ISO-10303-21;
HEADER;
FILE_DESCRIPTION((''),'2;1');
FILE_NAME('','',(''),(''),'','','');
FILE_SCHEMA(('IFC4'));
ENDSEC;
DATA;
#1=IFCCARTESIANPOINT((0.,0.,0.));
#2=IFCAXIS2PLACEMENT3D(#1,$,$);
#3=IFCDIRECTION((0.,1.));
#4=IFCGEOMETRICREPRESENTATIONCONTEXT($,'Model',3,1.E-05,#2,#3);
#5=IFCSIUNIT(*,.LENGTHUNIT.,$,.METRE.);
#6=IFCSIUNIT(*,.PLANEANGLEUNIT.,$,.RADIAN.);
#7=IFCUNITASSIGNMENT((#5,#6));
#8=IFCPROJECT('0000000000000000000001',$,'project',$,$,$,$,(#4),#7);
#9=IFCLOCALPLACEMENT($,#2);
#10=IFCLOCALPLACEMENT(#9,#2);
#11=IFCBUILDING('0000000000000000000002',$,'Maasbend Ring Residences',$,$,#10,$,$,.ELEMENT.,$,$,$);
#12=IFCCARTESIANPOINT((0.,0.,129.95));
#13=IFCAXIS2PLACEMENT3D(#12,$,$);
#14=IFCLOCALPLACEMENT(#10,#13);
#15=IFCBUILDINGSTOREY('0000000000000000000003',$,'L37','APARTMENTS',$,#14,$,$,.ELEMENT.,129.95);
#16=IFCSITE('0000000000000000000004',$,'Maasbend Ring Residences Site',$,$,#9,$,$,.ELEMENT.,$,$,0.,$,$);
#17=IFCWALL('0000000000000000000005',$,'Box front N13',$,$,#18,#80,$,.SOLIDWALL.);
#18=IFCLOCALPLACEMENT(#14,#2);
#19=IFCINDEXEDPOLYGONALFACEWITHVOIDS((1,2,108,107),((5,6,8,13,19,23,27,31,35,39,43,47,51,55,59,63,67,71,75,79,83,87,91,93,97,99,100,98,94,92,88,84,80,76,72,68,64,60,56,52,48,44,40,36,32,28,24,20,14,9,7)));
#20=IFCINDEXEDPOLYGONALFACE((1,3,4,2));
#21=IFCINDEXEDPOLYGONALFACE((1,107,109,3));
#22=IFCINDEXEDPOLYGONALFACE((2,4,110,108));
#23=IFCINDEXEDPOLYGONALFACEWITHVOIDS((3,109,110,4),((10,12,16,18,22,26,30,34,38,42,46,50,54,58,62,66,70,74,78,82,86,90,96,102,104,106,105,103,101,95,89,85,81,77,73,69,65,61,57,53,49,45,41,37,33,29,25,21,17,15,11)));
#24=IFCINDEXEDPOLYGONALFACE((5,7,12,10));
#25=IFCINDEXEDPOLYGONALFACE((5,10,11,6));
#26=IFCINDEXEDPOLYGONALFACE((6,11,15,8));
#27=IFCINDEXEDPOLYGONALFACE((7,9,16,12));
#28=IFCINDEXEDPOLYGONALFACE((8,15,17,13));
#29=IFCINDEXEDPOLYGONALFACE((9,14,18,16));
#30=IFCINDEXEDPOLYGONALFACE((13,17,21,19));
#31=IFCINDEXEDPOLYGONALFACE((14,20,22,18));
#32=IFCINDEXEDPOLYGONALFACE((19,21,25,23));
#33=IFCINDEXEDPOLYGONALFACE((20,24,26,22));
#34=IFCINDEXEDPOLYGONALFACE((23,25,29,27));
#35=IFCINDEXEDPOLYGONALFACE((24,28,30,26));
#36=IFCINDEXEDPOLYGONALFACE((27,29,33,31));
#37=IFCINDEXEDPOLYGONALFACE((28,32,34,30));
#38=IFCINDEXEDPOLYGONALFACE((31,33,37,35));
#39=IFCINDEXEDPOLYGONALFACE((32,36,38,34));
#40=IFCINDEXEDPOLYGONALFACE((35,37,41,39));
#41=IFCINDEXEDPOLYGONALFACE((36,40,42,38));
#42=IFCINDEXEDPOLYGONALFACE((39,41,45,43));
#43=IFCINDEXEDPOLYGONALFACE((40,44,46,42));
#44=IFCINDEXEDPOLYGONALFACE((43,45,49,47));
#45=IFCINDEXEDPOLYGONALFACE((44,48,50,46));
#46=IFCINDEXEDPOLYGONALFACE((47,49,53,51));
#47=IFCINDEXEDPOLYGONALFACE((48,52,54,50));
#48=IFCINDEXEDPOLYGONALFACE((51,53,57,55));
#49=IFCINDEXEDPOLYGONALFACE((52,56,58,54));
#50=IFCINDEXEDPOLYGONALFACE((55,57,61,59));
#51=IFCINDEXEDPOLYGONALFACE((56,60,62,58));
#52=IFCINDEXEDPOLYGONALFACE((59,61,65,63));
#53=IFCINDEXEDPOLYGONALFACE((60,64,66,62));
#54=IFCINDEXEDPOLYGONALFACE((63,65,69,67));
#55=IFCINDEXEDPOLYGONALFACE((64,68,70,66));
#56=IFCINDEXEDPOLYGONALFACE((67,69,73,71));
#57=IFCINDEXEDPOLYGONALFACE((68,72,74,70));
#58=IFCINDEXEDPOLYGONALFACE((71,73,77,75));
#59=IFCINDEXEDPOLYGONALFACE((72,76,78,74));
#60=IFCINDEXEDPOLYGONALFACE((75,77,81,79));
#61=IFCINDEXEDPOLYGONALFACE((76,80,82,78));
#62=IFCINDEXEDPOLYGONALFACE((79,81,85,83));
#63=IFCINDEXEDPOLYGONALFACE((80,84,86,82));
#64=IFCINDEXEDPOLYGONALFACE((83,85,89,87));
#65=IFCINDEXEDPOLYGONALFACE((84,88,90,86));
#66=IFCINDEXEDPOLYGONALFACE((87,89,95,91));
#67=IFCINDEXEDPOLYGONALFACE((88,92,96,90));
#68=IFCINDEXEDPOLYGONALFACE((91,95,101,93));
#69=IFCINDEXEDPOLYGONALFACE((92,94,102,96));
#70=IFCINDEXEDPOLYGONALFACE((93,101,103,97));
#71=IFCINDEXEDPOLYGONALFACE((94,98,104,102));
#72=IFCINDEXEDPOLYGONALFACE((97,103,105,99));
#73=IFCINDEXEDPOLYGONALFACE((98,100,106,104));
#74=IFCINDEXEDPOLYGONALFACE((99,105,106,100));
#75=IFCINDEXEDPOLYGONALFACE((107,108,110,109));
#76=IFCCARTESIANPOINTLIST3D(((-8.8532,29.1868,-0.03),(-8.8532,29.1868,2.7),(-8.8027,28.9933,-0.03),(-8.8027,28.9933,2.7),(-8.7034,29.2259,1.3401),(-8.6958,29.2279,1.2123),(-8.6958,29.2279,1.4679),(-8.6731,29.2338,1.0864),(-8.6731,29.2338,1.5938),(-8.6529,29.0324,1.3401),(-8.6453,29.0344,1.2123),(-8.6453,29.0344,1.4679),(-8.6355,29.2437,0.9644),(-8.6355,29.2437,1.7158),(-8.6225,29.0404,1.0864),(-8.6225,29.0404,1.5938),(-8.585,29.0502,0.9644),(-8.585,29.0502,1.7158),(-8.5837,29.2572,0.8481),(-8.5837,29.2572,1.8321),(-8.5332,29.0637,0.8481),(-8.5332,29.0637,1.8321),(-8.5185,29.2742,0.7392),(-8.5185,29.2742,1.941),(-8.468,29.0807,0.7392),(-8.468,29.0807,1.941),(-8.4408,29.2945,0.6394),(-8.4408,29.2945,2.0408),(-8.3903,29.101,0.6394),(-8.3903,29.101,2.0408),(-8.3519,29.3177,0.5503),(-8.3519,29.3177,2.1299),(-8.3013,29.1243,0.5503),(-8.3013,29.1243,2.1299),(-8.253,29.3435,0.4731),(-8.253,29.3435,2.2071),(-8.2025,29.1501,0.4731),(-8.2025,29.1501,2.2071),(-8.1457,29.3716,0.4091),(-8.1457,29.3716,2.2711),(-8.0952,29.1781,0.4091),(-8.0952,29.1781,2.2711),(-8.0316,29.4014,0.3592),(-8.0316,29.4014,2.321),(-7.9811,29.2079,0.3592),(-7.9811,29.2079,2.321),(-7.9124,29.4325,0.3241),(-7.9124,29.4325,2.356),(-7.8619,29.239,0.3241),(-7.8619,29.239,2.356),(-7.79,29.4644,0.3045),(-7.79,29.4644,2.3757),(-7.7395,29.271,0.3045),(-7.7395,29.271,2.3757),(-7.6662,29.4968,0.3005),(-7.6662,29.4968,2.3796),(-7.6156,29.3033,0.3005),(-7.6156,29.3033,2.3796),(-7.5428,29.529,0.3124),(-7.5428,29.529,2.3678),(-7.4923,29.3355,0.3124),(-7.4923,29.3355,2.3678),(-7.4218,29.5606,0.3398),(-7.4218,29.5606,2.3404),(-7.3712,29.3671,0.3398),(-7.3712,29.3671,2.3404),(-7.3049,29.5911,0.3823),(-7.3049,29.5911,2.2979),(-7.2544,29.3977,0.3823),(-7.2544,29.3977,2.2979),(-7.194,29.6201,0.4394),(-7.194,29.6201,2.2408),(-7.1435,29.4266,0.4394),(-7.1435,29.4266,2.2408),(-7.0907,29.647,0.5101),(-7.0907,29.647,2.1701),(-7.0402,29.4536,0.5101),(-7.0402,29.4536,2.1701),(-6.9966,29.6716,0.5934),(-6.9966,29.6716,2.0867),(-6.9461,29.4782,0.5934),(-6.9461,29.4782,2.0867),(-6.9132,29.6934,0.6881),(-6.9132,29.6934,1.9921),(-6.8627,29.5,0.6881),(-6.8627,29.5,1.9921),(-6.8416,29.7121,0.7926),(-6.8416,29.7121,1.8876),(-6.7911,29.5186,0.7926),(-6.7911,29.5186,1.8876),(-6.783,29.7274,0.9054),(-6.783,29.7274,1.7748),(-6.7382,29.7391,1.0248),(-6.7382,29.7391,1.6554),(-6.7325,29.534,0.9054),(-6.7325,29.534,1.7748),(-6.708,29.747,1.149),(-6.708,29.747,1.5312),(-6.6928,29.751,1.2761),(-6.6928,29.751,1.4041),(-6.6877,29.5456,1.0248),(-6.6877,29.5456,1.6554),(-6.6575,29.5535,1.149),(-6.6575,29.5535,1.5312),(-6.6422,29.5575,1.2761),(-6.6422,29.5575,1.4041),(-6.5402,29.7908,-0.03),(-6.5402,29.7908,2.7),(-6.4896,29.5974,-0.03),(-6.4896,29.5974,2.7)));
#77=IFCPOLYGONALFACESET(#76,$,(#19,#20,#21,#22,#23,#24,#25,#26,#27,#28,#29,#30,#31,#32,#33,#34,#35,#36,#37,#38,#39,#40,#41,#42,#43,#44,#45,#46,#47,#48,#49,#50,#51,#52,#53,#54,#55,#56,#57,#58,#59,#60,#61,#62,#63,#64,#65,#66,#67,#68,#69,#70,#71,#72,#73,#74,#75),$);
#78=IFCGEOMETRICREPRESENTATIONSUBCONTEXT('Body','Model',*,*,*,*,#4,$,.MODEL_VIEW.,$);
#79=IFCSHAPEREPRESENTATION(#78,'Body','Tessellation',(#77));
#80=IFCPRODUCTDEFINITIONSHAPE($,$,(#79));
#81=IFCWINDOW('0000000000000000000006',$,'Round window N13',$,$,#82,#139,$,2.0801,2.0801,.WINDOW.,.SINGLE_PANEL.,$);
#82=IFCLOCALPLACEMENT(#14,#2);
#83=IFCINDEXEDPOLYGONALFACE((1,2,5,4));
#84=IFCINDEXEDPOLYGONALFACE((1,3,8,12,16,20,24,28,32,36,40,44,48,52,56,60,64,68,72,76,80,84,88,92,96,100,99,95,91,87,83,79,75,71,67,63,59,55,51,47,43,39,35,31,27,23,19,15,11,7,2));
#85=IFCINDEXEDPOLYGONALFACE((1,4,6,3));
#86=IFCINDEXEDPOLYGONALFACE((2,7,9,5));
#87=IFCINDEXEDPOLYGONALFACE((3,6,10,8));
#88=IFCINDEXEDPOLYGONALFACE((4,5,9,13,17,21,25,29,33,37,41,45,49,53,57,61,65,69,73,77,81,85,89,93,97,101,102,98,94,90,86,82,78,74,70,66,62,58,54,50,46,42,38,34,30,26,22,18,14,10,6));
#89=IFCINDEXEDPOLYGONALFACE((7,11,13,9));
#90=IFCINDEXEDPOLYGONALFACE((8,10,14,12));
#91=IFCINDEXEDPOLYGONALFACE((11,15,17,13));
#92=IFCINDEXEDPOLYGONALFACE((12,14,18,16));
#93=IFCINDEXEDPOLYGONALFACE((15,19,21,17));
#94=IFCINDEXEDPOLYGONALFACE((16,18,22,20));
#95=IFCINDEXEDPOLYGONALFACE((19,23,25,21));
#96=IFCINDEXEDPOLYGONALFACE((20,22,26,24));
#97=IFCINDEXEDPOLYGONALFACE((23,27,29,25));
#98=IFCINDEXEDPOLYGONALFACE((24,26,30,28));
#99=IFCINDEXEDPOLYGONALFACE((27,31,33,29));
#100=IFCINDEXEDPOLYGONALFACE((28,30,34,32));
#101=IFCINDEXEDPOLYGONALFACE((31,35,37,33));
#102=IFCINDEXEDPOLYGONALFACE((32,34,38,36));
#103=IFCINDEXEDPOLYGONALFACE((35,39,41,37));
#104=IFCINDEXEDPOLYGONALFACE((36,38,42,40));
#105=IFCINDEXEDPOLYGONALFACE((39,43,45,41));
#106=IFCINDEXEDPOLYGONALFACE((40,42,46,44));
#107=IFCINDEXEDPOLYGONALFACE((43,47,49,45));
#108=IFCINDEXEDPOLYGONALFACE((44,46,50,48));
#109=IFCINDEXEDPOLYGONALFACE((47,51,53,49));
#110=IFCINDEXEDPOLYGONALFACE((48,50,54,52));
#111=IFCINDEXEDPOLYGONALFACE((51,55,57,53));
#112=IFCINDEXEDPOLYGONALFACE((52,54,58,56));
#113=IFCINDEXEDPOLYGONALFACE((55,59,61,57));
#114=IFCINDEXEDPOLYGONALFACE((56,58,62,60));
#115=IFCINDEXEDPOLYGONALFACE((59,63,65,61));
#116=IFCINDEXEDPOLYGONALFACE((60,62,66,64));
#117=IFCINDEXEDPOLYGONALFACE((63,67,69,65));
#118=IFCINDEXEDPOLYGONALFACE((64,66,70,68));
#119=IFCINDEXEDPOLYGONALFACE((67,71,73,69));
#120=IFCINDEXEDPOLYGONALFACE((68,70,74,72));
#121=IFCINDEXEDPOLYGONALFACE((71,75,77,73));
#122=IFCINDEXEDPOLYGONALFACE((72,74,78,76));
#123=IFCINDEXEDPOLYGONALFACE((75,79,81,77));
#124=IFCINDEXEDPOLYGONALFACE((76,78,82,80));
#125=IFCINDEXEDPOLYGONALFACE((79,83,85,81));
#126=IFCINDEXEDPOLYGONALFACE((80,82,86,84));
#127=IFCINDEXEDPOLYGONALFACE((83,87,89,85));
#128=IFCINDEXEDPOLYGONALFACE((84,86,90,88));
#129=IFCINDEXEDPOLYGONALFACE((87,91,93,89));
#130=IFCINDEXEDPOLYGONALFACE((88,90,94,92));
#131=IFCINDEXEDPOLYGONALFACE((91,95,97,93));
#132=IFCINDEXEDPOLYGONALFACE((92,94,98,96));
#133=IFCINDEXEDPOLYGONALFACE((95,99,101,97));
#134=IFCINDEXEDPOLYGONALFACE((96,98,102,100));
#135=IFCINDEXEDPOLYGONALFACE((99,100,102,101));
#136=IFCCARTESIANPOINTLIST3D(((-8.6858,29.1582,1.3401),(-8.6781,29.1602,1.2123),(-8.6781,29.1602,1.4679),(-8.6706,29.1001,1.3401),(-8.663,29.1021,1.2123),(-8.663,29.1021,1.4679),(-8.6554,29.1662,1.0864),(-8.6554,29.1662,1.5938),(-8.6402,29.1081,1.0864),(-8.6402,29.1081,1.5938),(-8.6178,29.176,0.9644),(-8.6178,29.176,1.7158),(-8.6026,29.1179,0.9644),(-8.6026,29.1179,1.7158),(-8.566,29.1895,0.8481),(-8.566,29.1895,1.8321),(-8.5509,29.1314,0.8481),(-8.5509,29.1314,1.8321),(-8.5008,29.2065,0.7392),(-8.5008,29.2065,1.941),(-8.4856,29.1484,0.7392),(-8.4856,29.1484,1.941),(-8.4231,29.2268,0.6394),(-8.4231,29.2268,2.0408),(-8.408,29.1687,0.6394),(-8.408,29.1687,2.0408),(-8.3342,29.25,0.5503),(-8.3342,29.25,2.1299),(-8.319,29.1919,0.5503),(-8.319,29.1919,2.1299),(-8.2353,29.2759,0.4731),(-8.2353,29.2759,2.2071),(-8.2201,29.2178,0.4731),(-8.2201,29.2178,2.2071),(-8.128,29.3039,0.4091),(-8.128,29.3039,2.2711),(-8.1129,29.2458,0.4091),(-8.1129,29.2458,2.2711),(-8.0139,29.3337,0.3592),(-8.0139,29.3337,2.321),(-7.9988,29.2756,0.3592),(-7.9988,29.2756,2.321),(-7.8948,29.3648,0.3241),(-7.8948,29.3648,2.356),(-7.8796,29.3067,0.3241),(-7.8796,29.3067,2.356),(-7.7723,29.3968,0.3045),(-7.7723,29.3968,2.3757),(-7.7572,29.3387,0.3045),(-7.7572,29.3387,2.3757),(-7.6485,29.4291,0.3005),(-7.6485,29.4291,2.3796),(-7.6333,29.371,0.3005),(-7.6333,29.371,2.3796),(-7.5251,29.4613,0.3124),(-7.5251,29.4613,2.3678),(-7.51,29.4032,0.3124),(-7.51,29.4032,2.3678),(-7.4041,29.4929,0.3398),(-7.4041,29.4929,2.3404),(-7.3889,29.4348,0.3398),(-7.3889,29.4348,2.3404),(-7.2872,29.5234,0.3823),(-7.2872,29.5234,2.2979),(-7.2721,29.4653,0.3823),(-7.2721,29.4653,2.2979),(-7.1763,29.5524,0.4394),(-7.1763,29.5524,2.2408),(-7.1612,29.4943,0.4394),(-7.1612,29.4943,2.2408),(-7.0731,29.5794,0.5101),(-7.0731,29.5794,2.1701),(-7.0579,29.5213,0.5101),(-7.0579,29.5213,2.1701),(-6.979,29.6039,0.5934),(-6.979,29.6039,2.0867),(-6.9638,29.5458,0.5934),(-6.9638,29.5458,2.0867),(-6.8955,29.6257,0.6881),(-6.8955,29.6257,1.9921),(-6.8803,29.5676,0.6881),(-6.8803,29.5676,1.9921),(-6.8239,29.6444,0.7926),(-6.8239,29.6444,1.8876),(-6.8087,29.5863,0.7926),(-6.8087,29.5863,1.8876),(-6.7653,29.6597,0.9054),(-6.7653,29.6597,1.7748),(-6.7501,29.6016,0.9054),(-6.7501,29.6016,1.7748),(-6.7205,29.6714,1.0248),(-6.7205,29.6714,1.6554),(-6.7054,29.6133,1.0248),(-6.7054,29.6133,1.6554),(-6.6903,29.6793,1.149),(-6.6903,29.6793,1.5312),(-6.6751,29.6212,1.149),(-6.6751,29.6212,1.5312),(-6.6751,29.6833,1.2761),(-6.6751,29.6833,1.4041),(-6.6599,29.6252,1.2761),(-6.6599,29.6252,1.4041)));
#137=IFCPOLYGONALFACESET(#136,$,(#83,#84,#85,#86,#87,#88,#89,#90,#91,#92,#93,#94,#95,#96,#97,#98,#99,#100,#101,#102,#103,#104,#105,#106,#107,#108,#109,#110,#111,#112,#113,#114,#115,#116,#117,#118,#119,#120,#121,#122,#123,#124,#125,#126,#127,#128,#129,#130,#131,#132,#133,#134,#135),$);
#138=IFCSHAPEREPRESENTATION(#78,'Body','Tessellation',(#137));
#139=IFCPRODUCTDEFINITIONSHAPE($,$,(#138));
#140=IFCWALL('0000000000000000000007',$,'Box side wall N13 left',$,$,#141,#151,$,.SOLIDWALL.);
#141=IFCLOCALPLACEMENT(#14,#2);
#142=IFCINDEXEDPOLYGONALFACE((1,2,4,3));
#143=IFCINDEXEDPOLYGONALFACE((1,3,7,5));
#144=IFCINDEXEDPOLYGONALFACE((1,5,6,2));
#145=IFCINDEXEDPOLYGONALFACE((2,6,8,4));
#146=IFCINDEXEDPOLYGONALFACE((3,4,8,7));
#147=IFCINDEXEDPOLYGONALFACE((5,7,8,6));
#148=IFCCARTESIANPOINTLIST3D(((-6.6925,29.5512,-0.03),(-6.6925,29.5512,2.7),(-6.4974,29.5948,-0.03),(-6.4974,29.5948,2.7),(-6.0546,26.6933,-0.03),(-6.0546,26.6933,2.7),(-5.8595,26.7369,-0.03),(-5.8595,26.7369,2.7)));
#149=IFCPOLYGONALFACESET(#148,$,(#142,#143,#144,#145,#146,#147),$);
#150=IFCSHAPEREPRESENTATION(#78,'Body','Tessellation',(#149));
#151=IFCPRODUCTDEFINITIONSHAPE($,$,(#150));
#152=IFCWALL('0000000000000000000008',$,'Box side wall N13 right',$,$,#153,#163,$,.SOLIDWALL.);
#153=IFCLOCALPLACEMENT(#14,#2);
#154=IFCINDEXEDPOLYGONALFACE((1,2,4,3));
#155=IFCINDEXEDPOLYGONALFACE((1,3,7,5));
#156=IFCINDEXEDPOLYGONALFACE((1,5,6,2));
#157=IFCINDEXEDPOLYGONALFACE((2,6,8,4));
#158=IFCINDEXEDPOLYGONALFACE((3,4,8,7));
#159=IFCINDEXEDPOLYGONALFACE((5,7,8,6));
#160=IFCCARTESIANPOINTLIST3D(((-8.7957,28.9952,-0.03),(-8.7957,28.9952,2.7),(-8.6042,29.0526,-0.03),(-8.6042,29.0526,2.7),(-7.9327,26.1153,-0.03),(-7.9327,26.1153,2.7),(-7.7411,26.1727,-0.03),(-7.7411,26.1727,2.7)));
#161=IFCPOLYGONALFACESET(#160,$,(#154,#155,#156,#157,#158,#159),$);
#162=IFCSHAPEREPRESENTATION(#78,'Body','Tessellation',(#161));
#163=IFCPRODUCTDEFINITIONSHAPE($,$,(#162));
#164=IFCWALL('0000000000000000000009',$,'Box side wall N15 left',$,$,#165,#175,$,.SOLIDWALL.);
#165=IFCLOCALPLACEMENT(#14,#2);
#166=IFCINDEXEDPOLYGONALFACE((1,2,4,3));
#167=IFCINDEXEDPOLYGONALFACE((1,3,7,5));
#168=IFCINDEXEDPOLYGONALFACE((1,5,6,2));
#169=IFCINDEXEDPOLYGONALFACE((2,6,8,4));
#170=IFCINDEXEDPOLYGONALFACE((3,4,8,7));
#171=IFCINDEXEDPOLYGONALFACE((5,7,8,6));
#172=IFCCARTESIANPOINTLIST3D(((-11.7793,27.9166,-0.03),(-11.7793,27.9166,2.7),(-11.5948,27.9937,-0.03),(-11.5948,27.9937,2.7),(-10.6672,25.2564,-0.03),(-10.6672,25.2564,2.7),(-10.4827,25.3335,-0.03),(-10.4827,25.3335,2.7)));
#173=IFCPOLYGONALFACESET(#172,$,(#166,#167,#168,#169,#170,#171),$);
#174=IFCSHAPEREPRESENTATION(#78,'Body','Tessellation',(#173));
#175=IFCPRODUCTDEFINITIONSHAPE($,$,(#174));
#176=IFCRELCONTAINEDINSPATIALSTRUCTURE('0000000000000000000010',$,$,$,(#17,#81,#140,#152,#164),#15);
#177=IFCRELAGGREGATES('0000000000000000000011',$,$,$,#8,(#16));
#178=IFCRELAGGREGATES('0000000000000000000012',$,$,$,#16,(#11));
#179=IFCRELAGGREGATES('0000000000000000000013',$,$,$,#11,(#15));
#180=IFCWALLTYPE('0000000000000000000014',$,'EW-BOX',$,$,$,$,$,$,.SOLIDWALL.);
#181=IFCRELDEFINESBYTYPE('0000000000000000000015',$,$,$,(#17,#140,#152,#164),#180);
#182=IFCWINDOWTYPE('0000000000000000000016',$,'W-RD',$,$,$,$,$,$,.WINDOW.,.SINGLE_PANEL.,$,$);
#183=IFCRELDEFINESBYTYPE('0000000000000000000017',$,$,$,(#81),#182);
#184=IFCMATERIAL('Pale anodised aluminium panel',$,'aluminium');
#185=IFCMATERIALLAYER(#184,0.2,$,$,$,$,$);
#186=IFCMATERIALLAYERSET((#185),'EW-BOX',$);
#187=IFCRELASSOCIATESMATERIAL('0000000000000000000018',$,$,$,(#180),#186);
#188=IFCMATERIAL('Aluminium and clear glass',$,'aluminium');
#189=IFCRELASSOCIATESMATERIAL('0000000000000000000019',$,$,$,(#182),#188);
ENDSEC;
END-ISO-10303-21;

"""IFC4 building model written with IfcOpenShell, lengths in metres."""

from ifc_helpers import new_model, si_unit, direction, frame, frame_2d, origin, place, context, subcontext, project, spatial, rectangle, circle, extrude, material, layer, layer_set, type_object, element, fill, save


model = new_model("IFC4")

# Units and contexts
model_context = context("Model", 3, precision=1e-05, world=origin(), true_north=direction((0.0, 1.0)))
body_context = subcontext(model_context, "Body", "Model", "MODEL_VIEW")
ifc_project = project(units=[si_unit("LENGTHUNIT", "METRE"), si_unit("PLANEANGLEUNIT", "RADIAN")], contexts=[model_context])

# Site, building, storey
site_placement = place(None, origin())
site = spatial("IfcSite", under=ifc_project, at=site_placement, Name="Maasbend Ring Residences Site", CompositionType="ELEMENT", RefElevation=0.0)
building_placement = place(site_placement, origin())
building = spatial("IfcBuilding", under=site, at=building_placement, Name="Maasbend Ring Residences", CompositionType="ELEMENT")
storey_placement = place(building_placement, frame((0.0, 0.0, 129.95)))
storey = spatial("IfcBuildingStorey", under=building, at=storey_placement, Name="L37", Description="APARTMENTS", CompositionType="ELEMENT", Elevation=129.95)

# Shared definitions
ifc_material_1 = material(Name="Pale anodised aluminium panel", Category="aluminium")
ifc_layer_1 = layer(ifc_material_1, 0.2)
ifc_layer_set_1 = layer_set([ifc_layer_1], Name="EW-BOX")
wall_type_1 = type_object("IfcWallType", Name="EW-BOX", PredefinedType="SOLIDWALL", material=ifc_layer_set_1)

# Wall, opening, window
wall_1_placement = place(storey_placement, frame((-6.5149, 29.6941, -0.03), z_axis=(0.0, 0.0, 1.0), x_axis=(-0.967554, -0.252663, 0.0)))
wall_1 = element("IfcWall", 1, at=wall_1_placement, inside=storey, type_object=wall_type_1, Name="Box front N13", PredefinedType="SOLIDWALL", context=body_context, shape_type="SweptSolid", body=[
    extrude(rectangle(XDim=2.3906, YDim=0.2, at=frame_2d((1.1953, 0.0))), origin(), (0.0, 0.0, 1.0), 2.73),
])
opening_1_placement = place(wall_1_placement, frame((0.1558, 0.0, 0.3301)))
opening_1 = element("IfcOpeningElement", 2, at=opening_1_placement, cuts=wall_1, PredefinedType="OPENING", context=body_context, shape_type="SweptSolid", body=[
    extrude(circle(Radius=1.04, at=frame_2d((1.04, 1.04))), frame((0.0, 0.1099, 0.0), z_axis=(0.0, -1.0, 0.0), x_axis=(1.0, 0.0, 0.0)), (0.0, 0.0, 1.0), 0.22),
])
ifc_material_2 = material(Name="Aluminium and clear glass", Category="aluminium")
window_type_1 = type_object("IfcWindowType", Name="W-RD", PartitioningType="SINGLE_PANEL", PredefinedType="WINDOW", material=ifc_material_2)
window_1_placement = place(opening_1_placement, origin())
window_1 = element("IfcWindow", 3, at=window_1_placement, inside=storey, type_object=window_type_1, Name="Round window N13", OverallHeight=2.0801, OverallWidth=2.0801, PartitioningType="SINGLE_PANEL", PredefinedType="WINDOW", context=body_context, shape_type="SweptSolid", body=[
    extrude(circle(Radius=1.04, at=frame_2d((1.04, 1.04))), frame((0.0, 0.03, 0.0), z_axis=(0.0, -1.0, 0.0), x_axis=(1.0, 0.0, 0.0)), (0.0, 0.0, 1.0), 0.0601),
])
fill(opening_1, window_1)

# Walls
wall_2_placement = place(storey_placement, frame((-5.957, 26.7151, -0.03), z_axis=(0.0, 0.0, 1.0), x_axis=(-0.217857, 0.975981, 0.0)))
element("IfcWall", 4, at=wall_2_placement, inside=storey, type_object=wall_type_1, Name="Box side wall N13 left", PredefinedType="SOLIDWALL", context=body_context, shape_type="SweptSolid", body=[
    extrude(rectangle(XDim=2.9282, YDim=0.2, at=frame_2d((1.4641, 0.0))), origin(), (0.0, 0.0, 1.0), 2.73),
])
wall_3_placement = place(storey_placement, frame((-7.8369, 26.144, -0.03), z_axis=(0.0, 0.0, 1.0), x_axis=(-0.287065, 0.957911, 0.0)))
element("IfcWall", 5, at=wall_3_placement, inside=storey, type_object=wall_type_1, Name="Box side wall N13 right", PredefinedType="SOLIDWALL", context=body_context, shape_type="SweptSolid", body=[
    extrude(rectangle(XDim=3.0063, YDim=0.2, at=frame_2d((1.5032, 0.0))), origin(), (0.0, 0.0, 1.0), 2.73),
])
wall_4_placement = place(storey_placement, frame((-10.575, 25.2949, -0.03), z_axis=(0.0, 0.0, 1.0), x_axis=(-0.385697, 0.922625, 0.0)))
element("IfcWall", 6, at=wall_4_placement, inside=storey, type_object=wall_type_1, Name="Box side wall N15 left", PredefinedType="SOLIDWALL", context=body_context, shape_type="SweptSolid", body=[
    extrude(rectangle(XDim=2.8833, YDim=0.2, at=frame_2d((1.4417, 0.0))), origin(), (0.0, 0.0, 1.0), 2.73),
])

save(model, "model.ifc")
